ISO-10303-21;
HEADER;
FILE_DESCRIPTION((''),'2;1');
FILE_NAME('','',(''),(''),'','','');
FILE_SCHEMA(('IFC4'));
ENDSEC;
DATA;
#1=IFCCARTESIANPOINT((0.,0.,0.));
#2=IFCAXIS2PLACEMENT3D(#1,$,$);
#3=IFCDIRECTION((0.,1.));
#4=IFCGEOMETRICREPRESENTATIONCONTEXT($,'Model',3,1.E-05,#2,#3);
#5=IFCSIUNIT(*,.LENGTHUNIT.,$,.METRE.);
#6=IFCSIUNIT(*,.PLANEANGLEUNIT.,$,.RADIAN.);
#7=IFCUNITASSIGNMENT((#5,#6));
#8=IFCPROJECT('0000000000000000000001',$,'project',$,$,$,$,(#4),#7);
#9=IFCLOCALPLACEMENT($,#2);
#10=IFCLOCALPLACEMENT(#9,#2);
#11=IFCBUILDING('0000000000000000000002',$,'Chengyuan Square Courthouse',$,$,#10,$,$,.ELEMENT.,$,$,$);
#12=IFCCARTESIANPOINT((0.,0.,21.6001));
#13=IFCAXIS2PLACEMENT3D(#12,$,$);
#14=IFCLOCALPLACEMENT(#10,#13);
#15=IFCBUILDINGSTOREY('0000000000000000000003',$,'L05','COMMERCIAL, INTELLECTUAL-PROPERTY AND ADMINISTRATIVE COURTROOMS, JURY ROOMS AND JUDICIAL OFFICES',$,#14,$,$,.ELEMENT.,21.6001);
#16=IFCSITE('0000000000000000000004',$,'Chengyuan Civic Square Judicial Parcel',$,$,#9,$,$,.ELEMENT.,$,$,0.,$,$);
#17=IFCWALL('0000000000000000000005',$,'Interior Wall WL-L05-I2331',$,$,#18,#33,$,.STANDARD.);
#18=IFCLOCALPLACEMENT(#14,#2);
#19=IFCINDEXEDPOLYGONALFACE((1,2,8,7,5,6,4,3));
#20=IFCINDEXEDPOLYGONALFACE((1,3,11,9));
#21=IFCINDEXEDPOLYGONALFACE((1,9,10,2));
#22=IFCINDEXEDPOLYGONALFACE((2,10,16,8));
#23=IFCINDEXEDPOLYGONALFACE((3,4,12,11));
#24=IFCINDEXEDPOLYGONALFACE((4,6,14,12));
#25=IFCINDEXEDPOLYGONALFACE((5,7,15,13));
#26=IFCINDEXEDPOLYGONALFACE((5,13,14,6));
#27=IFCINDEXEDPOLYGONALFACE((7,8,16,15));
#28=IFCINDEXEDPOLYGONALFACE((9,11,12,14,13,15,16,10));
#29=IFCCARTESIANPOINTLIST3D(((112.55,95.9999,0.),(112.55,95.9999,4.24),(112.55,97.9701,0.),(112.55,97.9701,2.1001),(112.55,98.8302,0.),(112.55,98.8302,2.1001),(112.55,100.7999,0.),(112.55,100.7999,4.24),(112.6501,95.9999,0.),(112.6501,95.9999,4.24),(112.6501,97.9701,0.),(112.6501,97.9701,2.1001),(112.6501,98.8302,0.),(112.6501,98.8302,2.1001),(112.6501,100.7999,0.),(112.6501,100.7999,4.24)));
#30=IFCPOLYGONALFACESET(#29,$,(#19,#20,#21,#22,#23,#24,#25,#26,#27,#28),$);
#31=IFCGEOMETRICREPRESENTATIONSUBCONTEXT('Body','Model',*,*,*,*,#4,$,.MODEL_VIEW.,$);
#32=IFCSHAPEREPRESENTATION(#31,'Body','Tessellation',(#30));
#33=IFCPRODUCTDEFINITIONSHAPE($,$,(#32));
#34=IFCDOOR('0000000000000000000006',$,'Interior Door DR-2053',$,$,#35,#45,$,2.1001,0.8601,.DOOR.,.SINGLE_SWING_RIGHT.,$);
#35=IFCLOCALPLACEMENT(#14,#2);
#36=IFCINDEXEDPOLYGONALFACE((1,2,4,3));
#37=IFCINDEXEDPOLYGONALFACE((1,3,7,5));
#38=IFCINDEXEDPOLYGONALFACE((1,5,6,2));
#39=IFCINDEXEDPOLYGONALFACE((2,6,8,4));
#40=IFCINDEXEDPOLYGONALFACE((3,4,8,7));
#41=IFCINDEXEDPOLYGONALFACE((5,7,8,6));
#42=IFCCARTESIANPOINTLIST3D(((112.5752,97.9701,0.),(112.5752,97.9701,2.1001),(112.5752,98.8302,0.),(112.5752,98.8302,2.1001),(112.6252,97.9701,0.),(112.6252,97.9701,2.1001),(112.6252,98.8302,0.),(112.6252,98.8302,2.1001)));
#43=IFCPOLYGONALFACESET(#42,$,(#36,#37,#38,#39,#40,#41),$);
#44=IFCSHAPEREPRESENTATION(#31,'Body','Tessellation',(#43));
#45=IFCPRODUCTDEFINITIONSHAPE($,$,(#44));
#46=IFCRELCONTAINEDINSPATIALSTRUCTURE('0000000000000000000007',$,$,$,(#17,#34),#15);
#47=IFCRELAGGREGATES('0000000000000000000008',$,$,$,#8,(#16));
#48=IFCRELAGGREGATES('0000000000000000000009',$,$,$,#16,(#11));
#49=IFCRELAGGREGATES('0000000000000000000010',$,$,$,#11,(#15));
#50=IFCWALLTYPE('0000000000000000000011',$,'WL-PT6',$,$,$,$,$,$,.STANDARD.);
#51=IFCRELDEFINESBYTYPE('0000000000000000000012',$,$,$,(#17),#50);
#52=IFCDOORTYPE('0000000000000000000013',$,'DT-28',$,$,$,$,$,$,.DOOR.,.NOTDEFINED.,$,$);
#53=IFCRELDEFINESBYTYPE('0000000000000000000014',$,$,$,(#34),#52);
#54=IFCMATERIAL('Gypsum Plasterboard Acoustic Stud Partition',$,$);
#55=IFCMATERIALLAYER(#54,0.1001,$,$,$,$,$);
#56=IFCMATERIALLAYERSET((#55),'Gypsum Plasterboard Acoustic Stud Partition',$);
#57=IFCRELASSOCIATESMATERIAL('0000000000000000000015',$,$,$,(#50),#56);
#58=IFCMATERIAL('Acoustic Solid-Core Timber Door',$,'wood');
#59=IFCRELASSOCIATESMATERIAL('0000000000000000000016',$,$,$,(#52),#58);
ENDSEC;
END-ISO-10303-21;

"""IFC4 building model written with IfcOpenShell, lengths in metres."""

from ifc_helpers import new_model, si_unit, direction, frame, frame_2d, origin, place, context, subcontext, project, spatial, rectangle, extrude, material, layer, layer_set, type_object, element, fill, save


model = new_model("IFC4")

# Units and contexts
model_context = context("Model", 3, precision=1e-05, world=origin(), true_north=direction((0.0, 1.0)))
body_context = subcontext(model_context, "Body", "Model", "MODEL_VIEW")
ifc_project = project(units=[si_unit("LENGTHUNIT", "METRE"), si_unit("PLANEANGLEUNIT", "RADIAN")], contexts=[model_context])

# Site, building, storey
site_placement = place(None, origin())
site = spatial("IfcSite", under=ifc_project, at=site_placement, Name="Chengyuan Civic Square Judicial Parcel", CompositionType="ELEMENT", RefElevation=0.0)
building_placement = place(site_placement, origin())
building = spatial("IfcBuilding", under=site, at=building_placement, Name="Chengyuan Square Courthouse", CompositionType="ELEMENT")
storey_placement = place(building_placement, frame((0.0, 0.0, 21.6001)))
storey = spatial("IfcBuildingStorey", under=building, at=storey_placement, Name="L05", Description="COMMERCIAL, INTELLECTUAL-PROPERTY AND ADMINISTRATIVE COURTROOMS, JURY ROOMS AND JUDICIAL OFFICES", CompositionType="ELEMENT", Elevation=21.6001)

# Shared definitions
ifc_material_1 = material(Name="Gypsum Plasterboard Acoustic Stud Partition")
ifc_layer_1 = layer(ifc_material_1, 0.1001)
ifc_layer_set_1 = layer_set([ifc_layer_1], Name="Gypsum Plasterboard Acoustic Stud Partition")
wall_type_1 = type_object("IfcWallType", Name="WL-PT6", PredefinedType="STANDARD", material=ifc_layer_set_1)
ifc_material_2 = material(Name="Acoustic Solid-Core Timber Door", Category="wood")

# Wall, opening, door
wall_1_placement = place(storey_placement, frame((112.6001, 96.0, 0.0), z_axis=(0.0, 0.0, 1.0), x_axis=(0.0, 1.0, 0.0)))
wall_1 = element("IfcWall", 1, at=wall_1_placement, inside=storey, type_object=wall_type_1, Name="Interior Wall WL-L05-I2331", PredefinedType="STANDARD", context=body_context, shape_type="SweptSolid", body=[
    extrude(rectangle(XDim=4.8, YDim=0.1001, at=frame_2d((2.3999, 0.0))), origin(), (0.0, 0.0, 1.0), 4.24),
])
opening_1_placement = place(wall_1_placement, frame((1.97, 0.0, 0.0)))
opening_1 = element("IfcOpeningElement", 2, at=opening_1_placement, cuts=wall_1, PredefinedType="OPENING", context=body_context, shape_type="SweptSolid", body=[
    extrude(rectangle(XDim=0.8601, YDim=2.1001, at=frame_2d((0.4302, 1.05))), frame((0.0, 0.062, 0.0), z_axis=(0.0, -1.0, 0.0), x_axis=(1.0, 0.0, 0.0)), (0.0, 0.0, 1.0), 0.124),
])
door_type_1 = type_object("IfcDoorType", Name="DT-28", OperationType="NOTDEFINED", PredefinedType="DOOR", material=ifc_material_2)
door_1_placement = place(opening_1_placement, origin())
door_1 = element("IfcDoor", 3, at=door_1_placement, inside=storey, type_object=door_type_1, Name="Interior Door DR-2053", OperationType="SINGLE_SWING_RIGHT", OverallHeight=2.1001, OverallWidth=0.8601, PredefinedType="DOOR", context=body_context, shape_type="SweptSolid", body=[
    extrude(rectangle(XDim=0.8601, YDim=2.1001, at=frame_2d((0.4302, 1.05))), frame((0.0, 0.0249, 0.0), z_axis=(0.0, -1.0, 0.0), x_axis=(1.0, 0.0, 0.0)), (0.0, 0.0, 1.0), 0.05),
])
fill(opening_1, door_1)

save(model, "model.ifc")
